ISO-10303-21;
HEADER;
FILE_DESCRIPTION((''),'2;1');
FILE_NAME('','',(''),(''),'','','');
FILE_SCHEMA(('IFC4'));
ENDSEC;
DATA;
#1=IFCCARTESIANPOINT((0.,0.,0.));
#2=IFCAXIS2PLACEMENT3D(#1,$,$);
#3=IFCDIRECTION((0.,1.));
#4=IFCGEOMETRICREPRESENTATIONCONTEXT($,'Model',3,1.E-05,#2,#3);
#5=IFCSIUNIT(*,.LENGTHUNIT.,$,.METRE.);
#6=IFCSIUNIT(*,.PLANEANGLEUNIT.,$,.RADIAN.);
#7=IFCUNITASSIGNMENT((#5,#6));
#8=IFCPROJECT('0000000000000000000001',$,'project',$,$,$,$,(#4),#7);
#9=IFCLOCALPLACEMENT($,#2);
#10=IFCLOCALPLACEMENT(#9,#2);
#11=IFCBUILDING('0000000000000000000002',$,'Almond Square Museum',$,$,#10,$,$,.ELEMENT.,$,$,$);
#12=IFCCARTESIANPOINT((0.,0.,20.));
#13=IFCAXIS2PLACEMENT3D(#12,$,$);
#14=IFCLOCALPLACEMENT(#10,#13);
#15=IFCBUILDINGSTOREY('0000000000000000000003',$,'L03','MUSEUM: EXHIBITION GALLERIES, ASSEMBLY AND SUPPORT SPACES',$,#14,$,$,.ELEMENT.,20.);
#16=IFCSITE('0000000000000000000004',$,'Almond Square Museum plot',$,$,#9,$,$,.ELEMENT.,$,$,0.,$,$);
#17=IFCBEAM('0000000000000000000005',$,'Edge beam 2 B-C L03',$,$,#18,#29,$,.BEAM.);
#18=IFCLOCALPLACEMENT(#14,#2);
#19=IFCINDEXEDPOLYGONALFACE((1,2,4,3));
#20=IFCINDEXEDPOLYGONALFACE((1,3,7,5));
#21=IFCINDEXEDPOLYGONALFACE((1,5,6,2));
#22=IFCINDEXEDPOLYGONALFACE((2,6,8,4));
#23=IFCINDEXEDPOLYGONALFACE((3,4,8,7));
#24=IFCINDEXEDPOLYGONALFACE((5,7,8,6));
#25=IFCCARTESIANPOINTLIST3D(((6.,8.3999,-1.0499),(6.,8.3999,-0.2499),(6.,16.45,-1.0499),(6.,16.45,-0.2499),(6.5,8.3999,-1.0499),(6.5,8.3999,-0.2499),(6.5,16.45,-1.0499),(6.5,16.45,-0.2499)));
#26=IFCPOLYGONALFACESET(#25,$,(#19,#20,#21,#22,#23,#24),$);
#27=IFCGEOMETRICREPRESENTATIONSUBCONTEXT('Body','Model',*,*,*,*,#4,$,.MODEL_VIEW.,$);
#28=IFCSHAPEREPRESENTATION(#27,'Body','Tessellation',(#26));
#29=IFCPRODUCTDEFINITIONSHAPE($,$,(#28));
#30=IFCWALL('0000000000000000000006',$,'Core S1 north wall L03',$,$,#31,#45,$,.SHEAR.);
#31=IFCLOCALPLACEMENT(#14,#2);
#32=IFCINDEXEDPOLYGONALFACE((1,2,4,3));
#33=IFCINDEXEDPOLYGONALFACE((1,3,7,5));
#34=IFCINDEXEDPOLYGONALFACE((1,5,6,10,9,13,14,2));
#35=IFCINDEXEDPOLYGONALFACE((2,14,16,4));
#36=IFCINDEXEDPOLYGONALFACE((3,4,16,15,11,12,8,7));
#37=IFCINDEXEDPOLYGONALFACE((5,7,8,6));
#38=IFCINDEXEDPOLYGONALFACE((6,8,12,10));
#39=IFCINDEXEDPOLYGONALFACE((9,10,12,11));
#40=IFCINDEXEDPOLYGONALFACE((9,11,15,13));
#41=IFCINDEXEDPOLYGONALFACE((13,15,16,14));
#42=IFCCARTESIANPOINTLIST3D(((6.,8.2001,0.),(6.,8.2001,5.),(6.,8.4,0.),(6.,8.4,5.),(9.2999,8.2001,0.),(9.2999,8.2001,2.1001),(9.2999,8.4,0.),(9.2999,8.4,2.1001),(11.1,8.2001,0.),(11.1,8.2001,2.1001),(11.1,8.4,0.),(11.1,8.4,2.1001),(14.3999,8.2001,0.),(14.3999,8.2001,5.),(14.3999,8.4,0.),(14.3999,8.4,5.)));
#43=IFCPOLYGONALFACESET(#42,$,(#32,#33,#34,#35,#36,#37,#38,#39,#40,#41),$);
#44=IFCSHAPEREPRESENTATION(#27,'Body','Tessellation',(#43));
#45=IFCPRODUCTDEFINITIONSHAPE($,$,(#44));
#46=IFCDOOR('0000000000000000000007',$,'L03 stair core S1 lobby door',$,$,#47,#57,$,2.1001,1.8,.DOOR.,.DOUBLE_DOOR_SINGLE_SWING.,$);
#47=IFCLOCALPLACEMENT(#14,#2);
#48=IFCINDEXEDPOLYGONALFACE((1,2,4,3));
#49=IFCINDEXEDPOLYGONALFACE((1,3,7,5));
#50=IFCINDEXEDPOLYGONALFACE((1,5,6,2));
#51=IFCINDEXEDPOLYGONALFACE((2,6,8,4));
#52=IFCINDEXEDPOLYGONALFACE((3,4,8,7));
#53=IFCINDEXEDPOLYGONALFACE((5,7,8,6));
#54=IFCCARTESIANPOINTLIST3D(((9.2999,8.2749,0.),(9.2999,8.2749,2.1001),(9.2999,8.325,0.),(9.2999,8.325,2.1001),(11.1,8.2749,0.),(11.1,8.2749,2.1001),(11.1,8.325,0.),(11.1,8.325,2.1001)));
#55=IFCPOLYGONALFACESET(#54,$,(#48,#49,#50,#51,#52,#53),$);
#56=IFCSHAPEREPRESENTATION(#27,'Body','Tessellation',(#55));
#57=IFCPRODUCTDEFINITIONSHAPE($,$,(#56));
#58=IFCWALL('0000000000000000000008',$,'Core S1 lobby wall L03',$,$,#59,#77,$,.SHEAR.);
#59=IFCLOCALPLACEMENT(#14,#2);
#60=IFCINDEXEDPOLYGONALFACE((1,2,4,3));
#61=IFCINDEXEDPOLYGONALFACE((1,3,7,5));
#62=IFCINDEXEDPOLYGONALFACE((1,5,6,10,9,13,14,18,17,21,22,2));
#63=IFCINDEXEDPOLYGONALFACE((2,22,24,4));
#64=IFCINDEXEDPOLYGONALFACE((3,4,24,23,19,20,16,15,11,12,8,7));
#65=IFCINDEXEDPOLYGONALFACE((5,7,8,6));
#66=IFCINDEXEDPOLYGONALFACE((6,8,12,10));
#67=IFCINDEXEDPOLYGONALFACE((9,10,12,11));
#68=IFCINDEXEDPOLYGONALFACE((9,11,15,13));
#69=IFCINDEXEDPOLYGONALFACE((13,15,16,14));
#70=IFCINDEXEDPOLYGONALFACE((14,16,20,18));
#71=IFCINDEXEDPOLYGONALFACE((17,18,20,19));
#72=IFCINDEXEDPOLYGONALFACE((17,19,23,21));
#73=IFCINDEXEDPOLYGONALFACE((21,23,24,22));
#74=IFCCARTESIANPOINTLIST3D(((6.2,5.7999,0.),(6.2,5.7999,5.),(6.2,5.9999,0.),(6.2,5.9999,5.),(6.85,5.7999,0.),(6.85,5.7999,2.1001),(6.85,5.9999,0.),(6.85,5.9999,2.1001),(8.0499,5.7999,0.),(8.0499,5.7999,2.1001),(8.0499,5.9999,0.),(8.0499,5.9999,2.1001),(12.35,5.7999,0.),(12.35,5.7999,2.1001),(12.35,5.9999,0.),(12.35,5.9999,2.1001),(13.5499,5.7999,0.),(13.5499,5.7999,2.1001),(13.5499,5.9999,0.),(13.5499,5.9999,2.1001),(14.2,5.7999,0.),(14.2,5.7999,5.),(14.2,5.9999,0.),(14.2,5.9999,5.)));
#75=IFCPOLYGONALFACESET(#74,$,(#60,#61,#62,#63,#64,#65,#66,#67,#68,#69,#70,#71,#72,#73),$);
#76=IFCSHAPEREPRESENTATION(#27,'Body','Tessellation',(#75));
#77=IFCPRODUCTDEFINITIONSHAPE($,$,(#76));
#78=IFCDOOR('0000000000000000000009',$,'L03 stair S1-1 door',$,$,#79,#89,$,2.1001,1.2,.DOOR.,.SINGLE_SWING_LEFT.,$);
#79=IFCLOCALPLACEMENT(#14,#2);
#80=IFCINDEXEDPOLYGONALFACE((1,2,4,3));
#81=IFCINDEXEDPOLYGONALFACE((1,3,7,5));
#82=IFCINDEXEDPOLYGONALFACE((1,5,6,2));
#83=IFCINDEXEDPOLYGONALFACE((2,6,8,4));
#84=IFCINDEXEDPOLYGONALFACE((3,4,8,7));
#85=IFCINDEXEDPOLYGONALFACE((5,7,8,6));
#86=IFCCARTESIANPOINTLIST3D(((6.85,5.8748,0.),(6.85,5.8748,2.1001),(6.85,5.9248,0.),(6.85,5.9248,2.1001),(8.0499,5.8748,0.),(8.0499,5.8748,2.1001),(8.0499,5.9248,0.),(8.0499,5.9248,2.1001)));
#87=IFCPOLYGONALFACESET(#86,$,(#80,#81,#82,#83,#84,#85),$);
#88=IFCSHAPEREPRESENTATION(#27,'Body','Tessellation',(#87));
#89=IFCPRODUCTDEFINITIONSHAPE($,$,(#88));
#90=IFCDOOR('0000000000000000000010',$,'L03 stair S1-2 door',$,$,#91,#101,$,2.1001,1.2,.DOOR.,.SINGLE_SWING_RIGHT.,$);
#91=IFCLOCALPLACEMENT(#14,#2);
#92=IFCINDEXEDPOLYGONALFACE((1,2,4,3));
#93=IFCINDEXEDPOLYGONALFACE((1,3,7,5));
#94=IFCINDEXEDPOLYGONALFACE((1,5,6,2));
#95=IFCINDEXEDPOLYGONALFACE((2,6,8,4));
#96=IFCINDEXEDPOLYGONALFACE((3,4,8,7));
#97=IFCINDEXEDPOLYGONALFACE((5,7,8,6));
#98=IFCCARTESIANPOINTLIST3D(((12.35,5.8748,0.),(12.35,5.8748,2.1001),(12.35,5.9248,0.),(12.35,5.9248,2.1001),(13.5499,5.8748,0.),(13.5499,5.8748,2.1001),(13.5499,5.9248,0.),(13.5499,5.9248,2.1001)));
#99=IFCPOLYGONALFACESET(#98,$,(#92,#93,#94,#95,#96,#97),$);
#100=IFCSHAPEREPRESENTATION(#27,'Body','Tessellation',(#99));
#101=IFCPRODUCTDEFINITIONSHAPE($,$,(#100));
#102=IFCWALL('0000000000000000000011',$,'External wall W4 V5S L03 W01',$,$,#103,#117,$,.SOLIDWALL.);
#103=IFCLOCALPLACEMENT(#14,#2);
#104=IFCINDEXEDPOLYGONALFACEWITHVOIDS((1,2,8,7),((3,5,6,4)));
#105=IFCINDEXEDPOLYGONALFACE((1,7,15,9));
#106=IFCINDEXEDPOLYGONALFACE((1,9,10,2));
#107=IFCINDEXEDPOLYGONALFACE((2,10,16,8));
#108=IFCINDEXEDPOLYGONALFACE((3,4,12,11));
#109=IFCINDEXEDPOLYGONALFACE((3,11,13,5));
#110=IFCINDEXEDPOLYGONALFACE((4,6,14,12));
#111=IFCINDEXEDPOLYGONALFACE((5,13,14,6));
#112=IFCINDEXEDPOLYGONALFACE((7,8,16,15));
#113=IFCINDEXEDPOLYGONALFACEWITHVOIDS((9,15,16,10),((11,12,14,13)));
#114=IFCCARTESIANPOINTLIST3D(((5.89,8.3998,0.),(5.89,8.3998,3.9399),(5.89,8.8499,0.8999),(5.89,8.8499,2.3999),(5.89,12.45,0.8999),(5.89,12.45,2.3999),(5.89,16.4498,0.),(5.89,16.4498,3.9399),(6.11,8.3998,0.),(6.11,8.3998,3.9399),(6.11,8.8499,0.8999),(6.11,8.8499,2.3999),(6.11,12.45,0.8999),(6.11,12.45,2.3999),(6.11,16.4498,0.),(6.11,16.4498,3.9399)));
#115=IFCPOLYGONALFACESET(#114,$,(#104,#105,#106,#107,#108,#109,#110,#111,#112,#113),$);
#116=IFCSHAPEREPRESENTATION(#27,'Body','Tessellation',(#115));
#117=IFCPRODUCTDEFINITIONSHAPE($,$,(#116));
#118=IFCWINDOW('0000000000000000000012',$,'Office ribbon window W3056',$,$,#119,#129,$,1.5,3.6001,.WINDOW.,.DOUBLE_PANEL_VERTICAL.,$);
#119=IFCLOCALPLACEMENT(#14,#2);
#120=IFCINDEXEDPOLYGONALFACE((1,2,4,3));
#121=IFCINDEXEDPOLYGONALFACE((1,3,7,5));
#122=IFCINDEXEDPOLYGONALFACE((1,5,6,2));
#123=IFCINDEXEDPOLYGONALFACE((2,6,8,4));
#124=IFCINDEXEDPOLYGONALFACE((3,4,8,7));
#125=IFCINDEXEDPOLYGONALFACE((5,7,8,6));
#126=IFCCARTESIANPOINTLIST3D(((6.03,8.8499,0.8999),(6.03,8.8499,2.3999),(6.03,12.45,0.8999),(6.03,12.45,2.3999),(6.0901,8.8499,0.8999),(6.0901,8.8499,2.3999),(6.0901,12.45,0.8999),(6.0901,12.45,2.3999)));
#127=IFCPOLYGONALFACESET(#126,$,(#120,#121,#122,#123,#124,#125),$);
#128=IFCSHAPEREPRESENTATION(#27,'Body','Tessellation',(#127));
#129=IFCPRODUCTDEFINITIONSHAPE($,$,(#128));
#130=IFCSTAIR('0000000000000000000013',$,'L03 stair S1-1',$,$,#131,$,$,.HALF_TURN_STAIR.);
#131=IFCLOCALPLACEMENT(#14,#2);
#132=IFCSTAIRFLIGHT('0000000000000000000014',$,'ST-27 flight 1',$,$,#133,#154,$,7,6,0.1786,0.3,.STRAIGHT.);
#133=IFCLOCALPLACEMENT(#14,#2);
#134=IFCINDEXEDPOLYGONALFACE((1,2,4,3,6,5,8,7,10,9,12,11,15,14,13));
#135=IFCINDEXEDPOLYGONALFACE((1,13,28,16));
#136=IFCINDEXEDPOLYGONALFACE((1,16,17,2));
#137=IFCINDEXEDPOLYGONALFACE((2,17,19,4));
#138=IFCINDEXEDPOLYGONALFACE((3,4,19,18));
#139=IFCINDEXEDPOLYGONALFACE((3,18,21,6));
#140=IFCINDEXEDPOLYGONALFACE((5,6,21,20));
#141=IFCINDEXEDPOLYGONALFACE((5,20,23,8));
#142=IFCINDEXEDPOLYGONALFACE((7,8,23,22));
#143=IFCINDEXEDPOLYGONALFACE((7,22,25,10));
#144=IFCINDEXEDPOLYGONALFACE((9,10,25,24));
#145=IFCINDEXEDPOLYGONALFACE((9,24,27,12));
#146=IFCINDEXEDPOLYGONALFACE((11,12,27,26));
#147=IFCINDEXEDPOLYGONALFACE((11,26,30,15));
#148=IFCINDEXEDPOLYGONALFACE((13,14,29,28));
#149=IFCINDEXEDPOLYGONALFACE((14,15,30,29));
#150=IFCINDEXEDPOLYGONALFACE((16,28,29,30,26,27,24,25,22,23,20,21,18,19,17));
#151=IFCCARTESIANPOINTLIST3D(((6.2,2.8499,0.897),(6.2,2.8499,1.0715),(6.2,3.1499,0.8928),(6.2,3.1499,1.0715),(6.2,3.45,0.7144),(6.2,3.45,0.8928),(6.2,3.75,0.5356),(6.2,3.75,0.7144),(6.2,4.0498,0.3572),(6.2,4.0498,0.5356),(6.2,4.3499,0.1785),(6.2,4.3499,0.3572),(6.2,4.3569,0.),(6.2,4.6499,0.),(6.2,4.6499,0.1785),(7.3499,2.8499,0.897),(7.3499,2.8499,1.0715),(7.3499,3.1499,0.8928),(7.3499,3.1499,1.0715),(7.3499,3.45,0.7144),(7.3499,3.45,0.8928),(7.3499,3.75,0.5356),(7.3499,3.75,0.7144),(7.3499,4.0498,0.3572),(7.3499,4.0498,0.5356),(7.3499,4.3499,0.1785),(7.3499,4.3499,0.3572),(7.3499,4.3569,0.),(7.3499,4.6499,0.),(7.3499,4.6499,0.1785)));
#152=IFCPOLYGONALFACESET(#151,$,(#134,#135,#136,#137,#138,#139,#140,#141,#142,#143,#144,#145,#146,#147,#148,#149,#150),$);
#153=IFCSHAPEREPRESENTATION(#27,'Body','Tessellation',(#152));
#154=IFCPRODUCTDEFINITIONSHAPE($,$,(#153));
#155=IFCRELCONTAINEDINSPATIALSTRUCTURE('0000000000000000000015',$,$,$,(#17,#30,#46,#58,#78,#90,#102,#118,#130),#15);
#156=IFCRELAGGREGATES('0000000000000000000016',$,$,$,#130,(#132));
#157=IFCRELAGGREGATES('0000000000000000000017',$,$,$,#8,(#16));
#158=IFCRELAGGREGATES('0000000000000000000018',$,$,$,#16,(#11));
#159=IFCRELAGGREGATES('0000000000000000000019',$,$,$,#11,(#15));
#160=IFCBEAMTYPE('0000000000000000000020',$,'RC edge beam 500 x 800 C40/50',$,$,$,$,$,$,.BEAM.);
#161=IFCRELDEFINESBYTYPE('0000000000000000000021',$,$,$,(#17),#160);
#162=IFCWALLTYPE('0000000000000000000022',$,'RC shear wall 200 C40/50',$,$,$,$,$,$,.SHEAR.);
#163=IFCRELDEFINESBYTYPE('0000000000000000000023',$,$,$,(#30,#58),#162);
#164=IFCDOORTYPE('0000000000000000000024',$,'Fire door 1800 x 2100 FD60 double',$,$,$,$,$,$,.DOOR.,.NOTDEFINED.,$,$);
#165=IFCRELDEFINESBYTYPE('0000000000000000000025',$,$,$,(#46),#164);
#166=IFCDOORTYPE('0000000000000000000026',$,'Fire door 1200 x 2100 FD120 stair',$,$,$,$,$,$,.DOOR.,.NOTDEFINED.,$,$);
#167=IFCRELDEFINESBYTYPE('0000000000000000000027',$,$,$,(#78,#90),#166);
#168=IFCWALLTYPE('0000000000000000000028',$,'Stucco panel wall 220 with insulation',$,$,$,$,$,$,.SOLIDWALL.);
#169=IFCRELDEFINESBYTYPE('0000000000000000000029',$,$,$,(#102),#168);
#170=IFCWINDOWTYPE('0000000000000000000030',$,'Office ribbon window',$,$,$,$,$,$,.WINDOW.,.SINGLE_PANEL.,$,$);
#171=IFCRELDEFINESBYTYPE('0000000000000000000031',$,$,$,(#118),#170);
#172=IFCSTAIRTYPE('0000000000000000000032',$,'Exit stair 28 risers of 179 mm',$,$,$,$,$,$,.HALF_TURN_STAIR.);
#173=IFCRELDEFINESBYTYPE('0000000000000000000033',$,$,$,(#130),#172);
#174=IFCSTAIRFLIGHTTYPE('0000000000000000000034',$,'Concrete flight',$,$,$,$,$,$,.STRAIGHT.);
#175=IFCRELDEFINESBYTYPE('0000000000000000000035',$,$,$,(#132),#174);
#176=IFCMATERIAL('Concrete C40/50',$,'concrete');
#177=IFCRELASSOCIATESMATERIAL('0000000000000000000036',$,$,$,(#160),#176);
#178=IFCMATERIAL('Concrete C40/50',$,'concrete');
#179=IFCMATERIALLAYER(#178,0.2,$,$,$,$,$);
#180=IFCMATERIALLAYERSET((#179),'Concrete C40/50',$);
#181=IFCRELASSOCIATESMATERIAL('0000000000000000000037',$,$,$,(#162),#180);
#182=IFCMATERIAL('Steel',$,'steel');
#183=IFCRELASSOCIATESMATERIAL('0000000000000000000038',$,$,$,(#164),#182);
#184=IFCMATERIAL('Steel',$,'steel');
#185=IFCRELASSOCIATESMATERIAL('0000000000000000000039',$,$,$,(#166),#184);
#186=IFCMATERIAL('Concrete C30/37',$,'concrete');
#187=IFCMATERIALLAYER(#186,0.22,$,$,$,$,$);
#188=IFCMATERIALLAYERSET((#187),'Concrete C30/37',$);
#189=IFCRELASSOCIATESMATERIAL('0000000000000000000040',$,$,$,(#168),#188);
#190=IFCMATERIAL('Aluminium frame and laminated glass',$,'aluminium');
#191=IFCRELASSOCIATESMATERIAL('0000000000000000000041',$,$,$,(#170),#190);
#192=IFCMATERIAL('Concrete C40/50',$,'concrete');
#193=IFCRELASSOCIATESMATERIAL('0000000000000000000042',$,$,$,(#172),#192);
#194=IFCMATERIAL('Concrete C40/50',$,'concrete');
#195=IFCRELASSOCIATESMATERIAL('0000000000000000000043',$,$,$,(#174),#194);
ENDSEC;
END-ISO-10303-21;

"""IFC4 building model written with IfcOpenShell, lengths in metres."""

from ifc_helpers import new_model, si_unit, direction, frame, frame_2d, origin, origin_2d, place, context, subcontext, project, spatial, polyline, rectangle, outline, extrude, material, layer, layer_set, material_profile, profile_set, type_object, element, fill, aggregate, save


model = new_model("IFC4")

# Units and contexts
model_context = context("Model", 3, precision=1e-05, world=origin(), true_north=direction((0.0, 1.0)))
body_context = subcontext(model_context, "Body", "Model", "MODEL_VIEW")
ifc_project = project(units=[si_unit("LENGTHUNIT", "METRE"), si_unit("PLANEANGLEUNIT", "RADIAN")], contexts=[model_context])

# Site, building, storey
site_placement = place(None, origin())
site = spatial("IfcSite", under=ifc_project, at=site_placement, Name="Almond Square Museum plot", CompositionType="ELEMENT", RefElevation=0.0)
building_placement = place(site_placement, origin())
building = spatial("IfcBuilding", under=site, at=building_placement, Name="Almond Square Museum", CompositionType="ELEMENT")
storey_placement = place(building_placement, frame((0.0, 0.0, 20.0)))
storey = spatial("IfcBuildingStorey", under=building, at=storey_placement, Name="L03", Description="MUSEUM: EXHIBITION GALLERIES, ASSEMBLY AND SUPPORT SPACES", CompositionType="ELEMENT", Elevation=20.0)

# Beam
ifc_material_1 = material(Name="Concrete C40/50", Category="concrete")
ifc_material_profile_1 = material_profile(ifc_material_1, rectangle(XDim=0.5, YDim=0.8, at=origin_2d()))
ifc_profile_set_1 = profile_set([ifc_material_profile_1], Name="Concrete C40/50")
beam_type = type_object("IfcBeamType", Name="RC edge beam 500 x 800 C40/50", PredefinedType="BEAM", material=ifc_profile_set_1)
beam_placement = place(storey_placement, frame((6.25, 8.3999, -0.6499), z_axis=(0.0, 1.0, 0.0), x_axis=(-1.0, 0.0, 0.0)))
element("IfcBeam", 1, at=beam_placement, inside=storey, type_object=beam_type, Name="Edge beam 2 B-C L03", PredefinedType="BEAM", context=body_context, shape_type="SweptSolid", body=[
    extrude(rectangle(XDim=0.5, YDim=0.8, at=origin_2d()), origin(), (0.0, 0.0, 1.0), 8.05),
])

# Wall, opening, door
ifc_material_2 = material(Name="Concrete C40/50", Category="concrete")
ifc_layer_1 = layer(ifc_material_2, 0.2)
ifc_layer_set_1 = layer_set([ifc_layer_1], Name="Concrete C40/50")
wall_type_1 = type_object("IfcWallType", Name="RC shear wall 200 C40/50", PredefinedType="SHEAR", material=ifc_layer_set_1)
wall_1_placement = place(storey_placement, frame((6.0, 8.3, 0.0), z_axis=(0.0, 0.0, 1.0), x_axis=(1.0, 0.0, 0.0)))
wall_1 = element("IfcWall", 2, at=wall_1_placement, inside=storey, type_object=wall_type_1, Name="Core S1 north wall L03", PredefinedType="SHEAR", context=body_context, shape_type="SweptSolid", body=[
    extrude(rectangle(XDim=8.3999, YDim=0.2, at=frame_2d((4.2, 0.0))), origin(), (0.0, 0.0, 1.0), 5.0),
])
opening_1_placement = place(wall_1_placement, frame((3.3, 0.0, 0.0)))
opening_1 = element("IfcOpeningElement", 3, at=opening_1_placement, cuts=wall_1, PredefinedType="OPENING", context=body_context, shape_type="SweptSolid", body=[
    extrude(rectangle(XDim=1.8, YDim=2.1001, at=frame_2d((0.8999, 1.05))), frame((0.0, 0.1099, 0.0), z_axis=(0.0, -1.0, 0.0), x_axis=(1.0, 0.0, 0.0)), (0.0, 0.0, 1.0), 0.22),
])
ifc_material_3 = material(Name="Steel", Category="steel")
door_type_1 = type_object("IfcDoorType", Name="Fire door 1800 x 2100 FD60 double", OperationType="NOTDEFINED", PredefinedType="DOOR", material=ifc_material_3)
door_1_placement = place(opening_1_placement, origin())
door_1 = element("IfcDoor", 4, at=door_1_placement, inside=storey, type_object=door_type_1, Name="L03 stair core S1 lobby door", OperationType="DOUBLE_DOOR_SINGLE_SWING", OverallHeight=2.1001, OverallWidth=1.8, PredefinedType="DOOR", context=body_context, shape_type="SweptSolid", body=[
    extrude(rectangle(XDim=1.8, YDim=2.1001, at=frame_2d((0.8999, 1.05))), frame((0.0, 0.0249, 0.0), z_axis=(0.0, -1.0, 0.0), x_axis=(1.0, 0.0, 0.0)), (0.0, 0.0, 1.0), 0.05),
])
fill(opening_1, door_1)

# Wall, openings, doors
wall_2_placement = place(storey_placement, frame((6.2, 5.8999, 0.0), z_axis=(0.0, 0.0, 1.0), x_axis=(1.0, 0.0, 0.0)))
wall_2 = element("IfcWall", 5, at=wall_2_placement, inside=storey, type_object=wall_type_1, Name="Core S1 lobby wall L03", PredefinedType="SHEAR", context=body_context, shape_type="SweptSolid", body=[
    extrude(rectangle(XDim=8.0, YDim=0.2, at=frame_2d((4.0, 0.0))), origin(), (0.0, 0.0, 1.0), 5.0),
])
opening_2_placement = place(wall_2_placement, frame((0.6499, 0.0, 0.0)))
opening_2 = element("IfcOpeningElement", 6, at=opening_2_placement, cuts=wall_2, PredefinedType="OPENING", context=body_context, shape_type="SweptSolid", body=[
    extrude(rectangle(XDim=1.2, YDim=2.1001, at=frame_2d((0.6001, 1.05))), frame((0.0, 0.1099, 0.0), z_axis=(0.0, -1.0, 0.0), x_axis=(1.0, 0.0, 0.0)), (0.0, 0.0, 1.0), 0.22),
])
opening_3_placement = place(wall_2_placement, frame((6.1499, 0.0, 0.0)))
opening_3 = element("IfcOpeningElement", 7, at=opening_3_placement, cuts=wall_2, PredefinedType="OPENING", context=body_context, shape_type="SweptSolid", body=[
    extrude(rectangle(XDim=1.2, YDim=2.1001, at=frame_2d((0.6001, 1.05))), frame((0.0, 0.1099, 0.0), z_axis=(0.0, -1.0, 0.0), x_axis=(1.0, 0.0, 0.0)), (0.0, 0.0, 1.0), 0.22),
])
ifc_material_4 = material(Name="Steel", Category="steel")
door_type_2 = type_object("IfcDoorType", Name="Fire door 1200 x 2100 FD120 stair", OperationType="NOTDEFINED", PredefinedType="DOOR", material=ifc_material_4)
door_2_placement = place(opening_2_placement, origin())
door_2 = element("IfcDoor", 8, at=door_2_placement, inside=storey, type_object=door_type_2, Name="L03 stair S1-1 door", OperationType="SINGLE_SWING_LEFT", OverallHeight=2.1001, OverallWidth=1.2, PredefinedType="DOOR", context=body_context, shape_type="SweptSolid", body=[
    extrude(rectangle(XDim=1.2, YDim=2.1001, at=frame_2d((0.6001, 1.05))), frame((0.0, 0.0249, 0.0), z_axis=(0.0, -1.0, 0.0), x_axis=(1.0, 0.0, 0.0)), (0.0, 0.0, 1.0), 0.05),
])
fill(opening_2, door_2)
door_3_placement = place(opening_3_placement, origin())
door_3 = element("IfcDoor", 9, at=door_3_placement, inside=storey, type_object=door_type_2, Name="L03 stair S1-2 door", OperationType="SINGLE_SWING_RIGHT", OverallHeight=2.1001, OverallWidth=1.2, PredefinedType="DOOR", context=body_context, shape_type="SweptSolid", body=[
    extrude(rectangle(XDim=1.2, YDim=2.1001, at=frame_2d((0.6001, 1.05))), frame((0.0, 0.0249, 0.0), z_axis=(0.0, -1.0, 0.0), x_axis=(1.0, 0.0, 0.0)), (0.0, 0.0, 1.0), 0.05),
])
fill(opening_3, door_3)

# Wall, opening, window
ifc_material_5 = material(Name="Concrete C30/37", Category="concrete")
ifc_layer_2 = layer(ifc_material_5, 0.22)
ifc_layer_set_2 = layer_set([ifc_layer_2], Name="Concrete C30/37")
wall_type_2 = type_object("IfcWallType", Name="Stucco panel wall 220 with insulation", PredefinedType="SOLIDWALL", material=ifc_layer_set_2)
wall_3_placement = place(storey_placement, frame((6.0, 8.3999, 0.0), z_axis=(0.0, 0.0, 1.0), x_axis=(0.0, 1.0, 0.0)))
wall_3 = element("IfcWall", 10, at=wall_3_placement, inside=storey, type_object=wall_type_2, Name="External wall W4 V5S L03 W01", PredefinedType="SOLIDWALL", context=body_context, shape_type="SweptSolid", body=[
    extrude(rectangle(XDim=8.05, YDim=0.22, at=frame_2d((4.0249, 0.0))), origin(), (0.0, 0.0, 1.0), 3.9399),
])
opening_4_placement = place(wall_3_placement, frame((0.45, 0.0, 0.8999)))
opening_4 = element("IfcOpeningElement", 11, at=opening_4_placement, cuts=wall_3, PredefinedType="OPENING", context=body_context, shape_type="SweptSolid", body=[
    extrude(rectangle(XDim=3.6001, YDim=1.5, at=frame_2d((1.8, 0.75))), frame((0.0, 0.1199, 0.0), z_axis=(0.0, -1.0, 0.0), x_axis=(1.0, 0.0, 0.0)), (0.0, 0.0, 1.0), 0.24),
])
ifc_material_6 = material(Name="Aluminium frame and laminated glass", Category="aluminium")
window_type = type_object("IfcWindowType", Name="Office ribbon window", PartitioningType="SINGLE_PANEL", PredefinedType="WINDOW", material=ifc_material_6)
window_placement = place(opening_4_placement, origin())
window = element("IfcWindow", 12, at=window_placement, inside=storey, type_object=window_type, Name="Office ribbon window W3056", OverallHeight=1.5, OverallWidth=3.6001, PartitioningType="DOUBLE_PANEL_VERTICAL", PredefinedType="WINDOW", context=body_context, shape_type="SweptSolid", body=[
    extrude(rectangle(XDim=3.6001, YDim=1.5, at=frame_2d((1.8, 0.75))), frame((0.0, -0.03, 0.0), z_axis=(0.0, -1.0, 0.0), x_axis=(1.0, 0.0, 0.0)), (0.0, 0.0, 1.0), 0.0601),
])
fill(opening_4, window)

# Stair, stair flight
ifc_material_7 = material(Name="Concrete C40/50", Category="concrete")
stair_type = type_object("IfcStairType", Name="Exit stair 28 risers of 179 mm", PredefinedType="HALF_TURN_STAIR", material=ifc_material_7)
stair_placement = place(storey_placement, origin())
stair = element("IfcStair", 13, at=stair_placement, inside=storey, type_object=stair_type, Name="L03 stair S1-1", PredefinedType="HALF_TURN_STAIR")
ifc_material_8 = material(Name="Concrete C40/50", Category="concrete")
stair_flight_type = type_object("IfcStairFlightType", Name="Concrete flight", PredefinedType="STRAIGHT", material=ifc_material_8)
stair_flight_1_placement = place(storey_placement, frame((6.7749, 4.6499, 0.0), z_axis=(0.0, 0.0, 1.0), x_axis=(0.0, -1.0, 0.0)))
stair_flight_1 = element("IfcStairFlight", 14, at=stair_flight_1_placement, type_object=stair_flight_type, Name="ST-27 flight 1", NumberOfRisers=7, NumberOfTreads=6, PredefinedType="STRAIGHT", RiserHeight=0.1786, TreadLength=0.3, context=body_context, shape_type="SweptSolid", body=[
    extrude(outline(polyline([(0.0, 0.0), (0.0, 0.1785), (0.3, 0.1785), (0.3, 0.3572), (0.6001, 0.3572), (0.6001, 0.5356), (0.8999, 0.5356), (0.8999, 0.7144), (1.2, 0.7144), (1.2, 0.8928), (1.5, 0.8928), (1.5, 1.0715), (1.8, 1.0715), (1.8, 1.25), (1.8, 0.897), (0.293, 0.0), (0.0, 0.0)])), frame((0.0, 0.575, 0.0), z_axis=(0.0, -1.0, 0.0), x_axis=(1.0, 0.0, 0.0)), (0.0, 0.0, 1.0), 1.1499),
])
aggregate(stair, [stair_flight_1])

save(model, "model.ifc")
